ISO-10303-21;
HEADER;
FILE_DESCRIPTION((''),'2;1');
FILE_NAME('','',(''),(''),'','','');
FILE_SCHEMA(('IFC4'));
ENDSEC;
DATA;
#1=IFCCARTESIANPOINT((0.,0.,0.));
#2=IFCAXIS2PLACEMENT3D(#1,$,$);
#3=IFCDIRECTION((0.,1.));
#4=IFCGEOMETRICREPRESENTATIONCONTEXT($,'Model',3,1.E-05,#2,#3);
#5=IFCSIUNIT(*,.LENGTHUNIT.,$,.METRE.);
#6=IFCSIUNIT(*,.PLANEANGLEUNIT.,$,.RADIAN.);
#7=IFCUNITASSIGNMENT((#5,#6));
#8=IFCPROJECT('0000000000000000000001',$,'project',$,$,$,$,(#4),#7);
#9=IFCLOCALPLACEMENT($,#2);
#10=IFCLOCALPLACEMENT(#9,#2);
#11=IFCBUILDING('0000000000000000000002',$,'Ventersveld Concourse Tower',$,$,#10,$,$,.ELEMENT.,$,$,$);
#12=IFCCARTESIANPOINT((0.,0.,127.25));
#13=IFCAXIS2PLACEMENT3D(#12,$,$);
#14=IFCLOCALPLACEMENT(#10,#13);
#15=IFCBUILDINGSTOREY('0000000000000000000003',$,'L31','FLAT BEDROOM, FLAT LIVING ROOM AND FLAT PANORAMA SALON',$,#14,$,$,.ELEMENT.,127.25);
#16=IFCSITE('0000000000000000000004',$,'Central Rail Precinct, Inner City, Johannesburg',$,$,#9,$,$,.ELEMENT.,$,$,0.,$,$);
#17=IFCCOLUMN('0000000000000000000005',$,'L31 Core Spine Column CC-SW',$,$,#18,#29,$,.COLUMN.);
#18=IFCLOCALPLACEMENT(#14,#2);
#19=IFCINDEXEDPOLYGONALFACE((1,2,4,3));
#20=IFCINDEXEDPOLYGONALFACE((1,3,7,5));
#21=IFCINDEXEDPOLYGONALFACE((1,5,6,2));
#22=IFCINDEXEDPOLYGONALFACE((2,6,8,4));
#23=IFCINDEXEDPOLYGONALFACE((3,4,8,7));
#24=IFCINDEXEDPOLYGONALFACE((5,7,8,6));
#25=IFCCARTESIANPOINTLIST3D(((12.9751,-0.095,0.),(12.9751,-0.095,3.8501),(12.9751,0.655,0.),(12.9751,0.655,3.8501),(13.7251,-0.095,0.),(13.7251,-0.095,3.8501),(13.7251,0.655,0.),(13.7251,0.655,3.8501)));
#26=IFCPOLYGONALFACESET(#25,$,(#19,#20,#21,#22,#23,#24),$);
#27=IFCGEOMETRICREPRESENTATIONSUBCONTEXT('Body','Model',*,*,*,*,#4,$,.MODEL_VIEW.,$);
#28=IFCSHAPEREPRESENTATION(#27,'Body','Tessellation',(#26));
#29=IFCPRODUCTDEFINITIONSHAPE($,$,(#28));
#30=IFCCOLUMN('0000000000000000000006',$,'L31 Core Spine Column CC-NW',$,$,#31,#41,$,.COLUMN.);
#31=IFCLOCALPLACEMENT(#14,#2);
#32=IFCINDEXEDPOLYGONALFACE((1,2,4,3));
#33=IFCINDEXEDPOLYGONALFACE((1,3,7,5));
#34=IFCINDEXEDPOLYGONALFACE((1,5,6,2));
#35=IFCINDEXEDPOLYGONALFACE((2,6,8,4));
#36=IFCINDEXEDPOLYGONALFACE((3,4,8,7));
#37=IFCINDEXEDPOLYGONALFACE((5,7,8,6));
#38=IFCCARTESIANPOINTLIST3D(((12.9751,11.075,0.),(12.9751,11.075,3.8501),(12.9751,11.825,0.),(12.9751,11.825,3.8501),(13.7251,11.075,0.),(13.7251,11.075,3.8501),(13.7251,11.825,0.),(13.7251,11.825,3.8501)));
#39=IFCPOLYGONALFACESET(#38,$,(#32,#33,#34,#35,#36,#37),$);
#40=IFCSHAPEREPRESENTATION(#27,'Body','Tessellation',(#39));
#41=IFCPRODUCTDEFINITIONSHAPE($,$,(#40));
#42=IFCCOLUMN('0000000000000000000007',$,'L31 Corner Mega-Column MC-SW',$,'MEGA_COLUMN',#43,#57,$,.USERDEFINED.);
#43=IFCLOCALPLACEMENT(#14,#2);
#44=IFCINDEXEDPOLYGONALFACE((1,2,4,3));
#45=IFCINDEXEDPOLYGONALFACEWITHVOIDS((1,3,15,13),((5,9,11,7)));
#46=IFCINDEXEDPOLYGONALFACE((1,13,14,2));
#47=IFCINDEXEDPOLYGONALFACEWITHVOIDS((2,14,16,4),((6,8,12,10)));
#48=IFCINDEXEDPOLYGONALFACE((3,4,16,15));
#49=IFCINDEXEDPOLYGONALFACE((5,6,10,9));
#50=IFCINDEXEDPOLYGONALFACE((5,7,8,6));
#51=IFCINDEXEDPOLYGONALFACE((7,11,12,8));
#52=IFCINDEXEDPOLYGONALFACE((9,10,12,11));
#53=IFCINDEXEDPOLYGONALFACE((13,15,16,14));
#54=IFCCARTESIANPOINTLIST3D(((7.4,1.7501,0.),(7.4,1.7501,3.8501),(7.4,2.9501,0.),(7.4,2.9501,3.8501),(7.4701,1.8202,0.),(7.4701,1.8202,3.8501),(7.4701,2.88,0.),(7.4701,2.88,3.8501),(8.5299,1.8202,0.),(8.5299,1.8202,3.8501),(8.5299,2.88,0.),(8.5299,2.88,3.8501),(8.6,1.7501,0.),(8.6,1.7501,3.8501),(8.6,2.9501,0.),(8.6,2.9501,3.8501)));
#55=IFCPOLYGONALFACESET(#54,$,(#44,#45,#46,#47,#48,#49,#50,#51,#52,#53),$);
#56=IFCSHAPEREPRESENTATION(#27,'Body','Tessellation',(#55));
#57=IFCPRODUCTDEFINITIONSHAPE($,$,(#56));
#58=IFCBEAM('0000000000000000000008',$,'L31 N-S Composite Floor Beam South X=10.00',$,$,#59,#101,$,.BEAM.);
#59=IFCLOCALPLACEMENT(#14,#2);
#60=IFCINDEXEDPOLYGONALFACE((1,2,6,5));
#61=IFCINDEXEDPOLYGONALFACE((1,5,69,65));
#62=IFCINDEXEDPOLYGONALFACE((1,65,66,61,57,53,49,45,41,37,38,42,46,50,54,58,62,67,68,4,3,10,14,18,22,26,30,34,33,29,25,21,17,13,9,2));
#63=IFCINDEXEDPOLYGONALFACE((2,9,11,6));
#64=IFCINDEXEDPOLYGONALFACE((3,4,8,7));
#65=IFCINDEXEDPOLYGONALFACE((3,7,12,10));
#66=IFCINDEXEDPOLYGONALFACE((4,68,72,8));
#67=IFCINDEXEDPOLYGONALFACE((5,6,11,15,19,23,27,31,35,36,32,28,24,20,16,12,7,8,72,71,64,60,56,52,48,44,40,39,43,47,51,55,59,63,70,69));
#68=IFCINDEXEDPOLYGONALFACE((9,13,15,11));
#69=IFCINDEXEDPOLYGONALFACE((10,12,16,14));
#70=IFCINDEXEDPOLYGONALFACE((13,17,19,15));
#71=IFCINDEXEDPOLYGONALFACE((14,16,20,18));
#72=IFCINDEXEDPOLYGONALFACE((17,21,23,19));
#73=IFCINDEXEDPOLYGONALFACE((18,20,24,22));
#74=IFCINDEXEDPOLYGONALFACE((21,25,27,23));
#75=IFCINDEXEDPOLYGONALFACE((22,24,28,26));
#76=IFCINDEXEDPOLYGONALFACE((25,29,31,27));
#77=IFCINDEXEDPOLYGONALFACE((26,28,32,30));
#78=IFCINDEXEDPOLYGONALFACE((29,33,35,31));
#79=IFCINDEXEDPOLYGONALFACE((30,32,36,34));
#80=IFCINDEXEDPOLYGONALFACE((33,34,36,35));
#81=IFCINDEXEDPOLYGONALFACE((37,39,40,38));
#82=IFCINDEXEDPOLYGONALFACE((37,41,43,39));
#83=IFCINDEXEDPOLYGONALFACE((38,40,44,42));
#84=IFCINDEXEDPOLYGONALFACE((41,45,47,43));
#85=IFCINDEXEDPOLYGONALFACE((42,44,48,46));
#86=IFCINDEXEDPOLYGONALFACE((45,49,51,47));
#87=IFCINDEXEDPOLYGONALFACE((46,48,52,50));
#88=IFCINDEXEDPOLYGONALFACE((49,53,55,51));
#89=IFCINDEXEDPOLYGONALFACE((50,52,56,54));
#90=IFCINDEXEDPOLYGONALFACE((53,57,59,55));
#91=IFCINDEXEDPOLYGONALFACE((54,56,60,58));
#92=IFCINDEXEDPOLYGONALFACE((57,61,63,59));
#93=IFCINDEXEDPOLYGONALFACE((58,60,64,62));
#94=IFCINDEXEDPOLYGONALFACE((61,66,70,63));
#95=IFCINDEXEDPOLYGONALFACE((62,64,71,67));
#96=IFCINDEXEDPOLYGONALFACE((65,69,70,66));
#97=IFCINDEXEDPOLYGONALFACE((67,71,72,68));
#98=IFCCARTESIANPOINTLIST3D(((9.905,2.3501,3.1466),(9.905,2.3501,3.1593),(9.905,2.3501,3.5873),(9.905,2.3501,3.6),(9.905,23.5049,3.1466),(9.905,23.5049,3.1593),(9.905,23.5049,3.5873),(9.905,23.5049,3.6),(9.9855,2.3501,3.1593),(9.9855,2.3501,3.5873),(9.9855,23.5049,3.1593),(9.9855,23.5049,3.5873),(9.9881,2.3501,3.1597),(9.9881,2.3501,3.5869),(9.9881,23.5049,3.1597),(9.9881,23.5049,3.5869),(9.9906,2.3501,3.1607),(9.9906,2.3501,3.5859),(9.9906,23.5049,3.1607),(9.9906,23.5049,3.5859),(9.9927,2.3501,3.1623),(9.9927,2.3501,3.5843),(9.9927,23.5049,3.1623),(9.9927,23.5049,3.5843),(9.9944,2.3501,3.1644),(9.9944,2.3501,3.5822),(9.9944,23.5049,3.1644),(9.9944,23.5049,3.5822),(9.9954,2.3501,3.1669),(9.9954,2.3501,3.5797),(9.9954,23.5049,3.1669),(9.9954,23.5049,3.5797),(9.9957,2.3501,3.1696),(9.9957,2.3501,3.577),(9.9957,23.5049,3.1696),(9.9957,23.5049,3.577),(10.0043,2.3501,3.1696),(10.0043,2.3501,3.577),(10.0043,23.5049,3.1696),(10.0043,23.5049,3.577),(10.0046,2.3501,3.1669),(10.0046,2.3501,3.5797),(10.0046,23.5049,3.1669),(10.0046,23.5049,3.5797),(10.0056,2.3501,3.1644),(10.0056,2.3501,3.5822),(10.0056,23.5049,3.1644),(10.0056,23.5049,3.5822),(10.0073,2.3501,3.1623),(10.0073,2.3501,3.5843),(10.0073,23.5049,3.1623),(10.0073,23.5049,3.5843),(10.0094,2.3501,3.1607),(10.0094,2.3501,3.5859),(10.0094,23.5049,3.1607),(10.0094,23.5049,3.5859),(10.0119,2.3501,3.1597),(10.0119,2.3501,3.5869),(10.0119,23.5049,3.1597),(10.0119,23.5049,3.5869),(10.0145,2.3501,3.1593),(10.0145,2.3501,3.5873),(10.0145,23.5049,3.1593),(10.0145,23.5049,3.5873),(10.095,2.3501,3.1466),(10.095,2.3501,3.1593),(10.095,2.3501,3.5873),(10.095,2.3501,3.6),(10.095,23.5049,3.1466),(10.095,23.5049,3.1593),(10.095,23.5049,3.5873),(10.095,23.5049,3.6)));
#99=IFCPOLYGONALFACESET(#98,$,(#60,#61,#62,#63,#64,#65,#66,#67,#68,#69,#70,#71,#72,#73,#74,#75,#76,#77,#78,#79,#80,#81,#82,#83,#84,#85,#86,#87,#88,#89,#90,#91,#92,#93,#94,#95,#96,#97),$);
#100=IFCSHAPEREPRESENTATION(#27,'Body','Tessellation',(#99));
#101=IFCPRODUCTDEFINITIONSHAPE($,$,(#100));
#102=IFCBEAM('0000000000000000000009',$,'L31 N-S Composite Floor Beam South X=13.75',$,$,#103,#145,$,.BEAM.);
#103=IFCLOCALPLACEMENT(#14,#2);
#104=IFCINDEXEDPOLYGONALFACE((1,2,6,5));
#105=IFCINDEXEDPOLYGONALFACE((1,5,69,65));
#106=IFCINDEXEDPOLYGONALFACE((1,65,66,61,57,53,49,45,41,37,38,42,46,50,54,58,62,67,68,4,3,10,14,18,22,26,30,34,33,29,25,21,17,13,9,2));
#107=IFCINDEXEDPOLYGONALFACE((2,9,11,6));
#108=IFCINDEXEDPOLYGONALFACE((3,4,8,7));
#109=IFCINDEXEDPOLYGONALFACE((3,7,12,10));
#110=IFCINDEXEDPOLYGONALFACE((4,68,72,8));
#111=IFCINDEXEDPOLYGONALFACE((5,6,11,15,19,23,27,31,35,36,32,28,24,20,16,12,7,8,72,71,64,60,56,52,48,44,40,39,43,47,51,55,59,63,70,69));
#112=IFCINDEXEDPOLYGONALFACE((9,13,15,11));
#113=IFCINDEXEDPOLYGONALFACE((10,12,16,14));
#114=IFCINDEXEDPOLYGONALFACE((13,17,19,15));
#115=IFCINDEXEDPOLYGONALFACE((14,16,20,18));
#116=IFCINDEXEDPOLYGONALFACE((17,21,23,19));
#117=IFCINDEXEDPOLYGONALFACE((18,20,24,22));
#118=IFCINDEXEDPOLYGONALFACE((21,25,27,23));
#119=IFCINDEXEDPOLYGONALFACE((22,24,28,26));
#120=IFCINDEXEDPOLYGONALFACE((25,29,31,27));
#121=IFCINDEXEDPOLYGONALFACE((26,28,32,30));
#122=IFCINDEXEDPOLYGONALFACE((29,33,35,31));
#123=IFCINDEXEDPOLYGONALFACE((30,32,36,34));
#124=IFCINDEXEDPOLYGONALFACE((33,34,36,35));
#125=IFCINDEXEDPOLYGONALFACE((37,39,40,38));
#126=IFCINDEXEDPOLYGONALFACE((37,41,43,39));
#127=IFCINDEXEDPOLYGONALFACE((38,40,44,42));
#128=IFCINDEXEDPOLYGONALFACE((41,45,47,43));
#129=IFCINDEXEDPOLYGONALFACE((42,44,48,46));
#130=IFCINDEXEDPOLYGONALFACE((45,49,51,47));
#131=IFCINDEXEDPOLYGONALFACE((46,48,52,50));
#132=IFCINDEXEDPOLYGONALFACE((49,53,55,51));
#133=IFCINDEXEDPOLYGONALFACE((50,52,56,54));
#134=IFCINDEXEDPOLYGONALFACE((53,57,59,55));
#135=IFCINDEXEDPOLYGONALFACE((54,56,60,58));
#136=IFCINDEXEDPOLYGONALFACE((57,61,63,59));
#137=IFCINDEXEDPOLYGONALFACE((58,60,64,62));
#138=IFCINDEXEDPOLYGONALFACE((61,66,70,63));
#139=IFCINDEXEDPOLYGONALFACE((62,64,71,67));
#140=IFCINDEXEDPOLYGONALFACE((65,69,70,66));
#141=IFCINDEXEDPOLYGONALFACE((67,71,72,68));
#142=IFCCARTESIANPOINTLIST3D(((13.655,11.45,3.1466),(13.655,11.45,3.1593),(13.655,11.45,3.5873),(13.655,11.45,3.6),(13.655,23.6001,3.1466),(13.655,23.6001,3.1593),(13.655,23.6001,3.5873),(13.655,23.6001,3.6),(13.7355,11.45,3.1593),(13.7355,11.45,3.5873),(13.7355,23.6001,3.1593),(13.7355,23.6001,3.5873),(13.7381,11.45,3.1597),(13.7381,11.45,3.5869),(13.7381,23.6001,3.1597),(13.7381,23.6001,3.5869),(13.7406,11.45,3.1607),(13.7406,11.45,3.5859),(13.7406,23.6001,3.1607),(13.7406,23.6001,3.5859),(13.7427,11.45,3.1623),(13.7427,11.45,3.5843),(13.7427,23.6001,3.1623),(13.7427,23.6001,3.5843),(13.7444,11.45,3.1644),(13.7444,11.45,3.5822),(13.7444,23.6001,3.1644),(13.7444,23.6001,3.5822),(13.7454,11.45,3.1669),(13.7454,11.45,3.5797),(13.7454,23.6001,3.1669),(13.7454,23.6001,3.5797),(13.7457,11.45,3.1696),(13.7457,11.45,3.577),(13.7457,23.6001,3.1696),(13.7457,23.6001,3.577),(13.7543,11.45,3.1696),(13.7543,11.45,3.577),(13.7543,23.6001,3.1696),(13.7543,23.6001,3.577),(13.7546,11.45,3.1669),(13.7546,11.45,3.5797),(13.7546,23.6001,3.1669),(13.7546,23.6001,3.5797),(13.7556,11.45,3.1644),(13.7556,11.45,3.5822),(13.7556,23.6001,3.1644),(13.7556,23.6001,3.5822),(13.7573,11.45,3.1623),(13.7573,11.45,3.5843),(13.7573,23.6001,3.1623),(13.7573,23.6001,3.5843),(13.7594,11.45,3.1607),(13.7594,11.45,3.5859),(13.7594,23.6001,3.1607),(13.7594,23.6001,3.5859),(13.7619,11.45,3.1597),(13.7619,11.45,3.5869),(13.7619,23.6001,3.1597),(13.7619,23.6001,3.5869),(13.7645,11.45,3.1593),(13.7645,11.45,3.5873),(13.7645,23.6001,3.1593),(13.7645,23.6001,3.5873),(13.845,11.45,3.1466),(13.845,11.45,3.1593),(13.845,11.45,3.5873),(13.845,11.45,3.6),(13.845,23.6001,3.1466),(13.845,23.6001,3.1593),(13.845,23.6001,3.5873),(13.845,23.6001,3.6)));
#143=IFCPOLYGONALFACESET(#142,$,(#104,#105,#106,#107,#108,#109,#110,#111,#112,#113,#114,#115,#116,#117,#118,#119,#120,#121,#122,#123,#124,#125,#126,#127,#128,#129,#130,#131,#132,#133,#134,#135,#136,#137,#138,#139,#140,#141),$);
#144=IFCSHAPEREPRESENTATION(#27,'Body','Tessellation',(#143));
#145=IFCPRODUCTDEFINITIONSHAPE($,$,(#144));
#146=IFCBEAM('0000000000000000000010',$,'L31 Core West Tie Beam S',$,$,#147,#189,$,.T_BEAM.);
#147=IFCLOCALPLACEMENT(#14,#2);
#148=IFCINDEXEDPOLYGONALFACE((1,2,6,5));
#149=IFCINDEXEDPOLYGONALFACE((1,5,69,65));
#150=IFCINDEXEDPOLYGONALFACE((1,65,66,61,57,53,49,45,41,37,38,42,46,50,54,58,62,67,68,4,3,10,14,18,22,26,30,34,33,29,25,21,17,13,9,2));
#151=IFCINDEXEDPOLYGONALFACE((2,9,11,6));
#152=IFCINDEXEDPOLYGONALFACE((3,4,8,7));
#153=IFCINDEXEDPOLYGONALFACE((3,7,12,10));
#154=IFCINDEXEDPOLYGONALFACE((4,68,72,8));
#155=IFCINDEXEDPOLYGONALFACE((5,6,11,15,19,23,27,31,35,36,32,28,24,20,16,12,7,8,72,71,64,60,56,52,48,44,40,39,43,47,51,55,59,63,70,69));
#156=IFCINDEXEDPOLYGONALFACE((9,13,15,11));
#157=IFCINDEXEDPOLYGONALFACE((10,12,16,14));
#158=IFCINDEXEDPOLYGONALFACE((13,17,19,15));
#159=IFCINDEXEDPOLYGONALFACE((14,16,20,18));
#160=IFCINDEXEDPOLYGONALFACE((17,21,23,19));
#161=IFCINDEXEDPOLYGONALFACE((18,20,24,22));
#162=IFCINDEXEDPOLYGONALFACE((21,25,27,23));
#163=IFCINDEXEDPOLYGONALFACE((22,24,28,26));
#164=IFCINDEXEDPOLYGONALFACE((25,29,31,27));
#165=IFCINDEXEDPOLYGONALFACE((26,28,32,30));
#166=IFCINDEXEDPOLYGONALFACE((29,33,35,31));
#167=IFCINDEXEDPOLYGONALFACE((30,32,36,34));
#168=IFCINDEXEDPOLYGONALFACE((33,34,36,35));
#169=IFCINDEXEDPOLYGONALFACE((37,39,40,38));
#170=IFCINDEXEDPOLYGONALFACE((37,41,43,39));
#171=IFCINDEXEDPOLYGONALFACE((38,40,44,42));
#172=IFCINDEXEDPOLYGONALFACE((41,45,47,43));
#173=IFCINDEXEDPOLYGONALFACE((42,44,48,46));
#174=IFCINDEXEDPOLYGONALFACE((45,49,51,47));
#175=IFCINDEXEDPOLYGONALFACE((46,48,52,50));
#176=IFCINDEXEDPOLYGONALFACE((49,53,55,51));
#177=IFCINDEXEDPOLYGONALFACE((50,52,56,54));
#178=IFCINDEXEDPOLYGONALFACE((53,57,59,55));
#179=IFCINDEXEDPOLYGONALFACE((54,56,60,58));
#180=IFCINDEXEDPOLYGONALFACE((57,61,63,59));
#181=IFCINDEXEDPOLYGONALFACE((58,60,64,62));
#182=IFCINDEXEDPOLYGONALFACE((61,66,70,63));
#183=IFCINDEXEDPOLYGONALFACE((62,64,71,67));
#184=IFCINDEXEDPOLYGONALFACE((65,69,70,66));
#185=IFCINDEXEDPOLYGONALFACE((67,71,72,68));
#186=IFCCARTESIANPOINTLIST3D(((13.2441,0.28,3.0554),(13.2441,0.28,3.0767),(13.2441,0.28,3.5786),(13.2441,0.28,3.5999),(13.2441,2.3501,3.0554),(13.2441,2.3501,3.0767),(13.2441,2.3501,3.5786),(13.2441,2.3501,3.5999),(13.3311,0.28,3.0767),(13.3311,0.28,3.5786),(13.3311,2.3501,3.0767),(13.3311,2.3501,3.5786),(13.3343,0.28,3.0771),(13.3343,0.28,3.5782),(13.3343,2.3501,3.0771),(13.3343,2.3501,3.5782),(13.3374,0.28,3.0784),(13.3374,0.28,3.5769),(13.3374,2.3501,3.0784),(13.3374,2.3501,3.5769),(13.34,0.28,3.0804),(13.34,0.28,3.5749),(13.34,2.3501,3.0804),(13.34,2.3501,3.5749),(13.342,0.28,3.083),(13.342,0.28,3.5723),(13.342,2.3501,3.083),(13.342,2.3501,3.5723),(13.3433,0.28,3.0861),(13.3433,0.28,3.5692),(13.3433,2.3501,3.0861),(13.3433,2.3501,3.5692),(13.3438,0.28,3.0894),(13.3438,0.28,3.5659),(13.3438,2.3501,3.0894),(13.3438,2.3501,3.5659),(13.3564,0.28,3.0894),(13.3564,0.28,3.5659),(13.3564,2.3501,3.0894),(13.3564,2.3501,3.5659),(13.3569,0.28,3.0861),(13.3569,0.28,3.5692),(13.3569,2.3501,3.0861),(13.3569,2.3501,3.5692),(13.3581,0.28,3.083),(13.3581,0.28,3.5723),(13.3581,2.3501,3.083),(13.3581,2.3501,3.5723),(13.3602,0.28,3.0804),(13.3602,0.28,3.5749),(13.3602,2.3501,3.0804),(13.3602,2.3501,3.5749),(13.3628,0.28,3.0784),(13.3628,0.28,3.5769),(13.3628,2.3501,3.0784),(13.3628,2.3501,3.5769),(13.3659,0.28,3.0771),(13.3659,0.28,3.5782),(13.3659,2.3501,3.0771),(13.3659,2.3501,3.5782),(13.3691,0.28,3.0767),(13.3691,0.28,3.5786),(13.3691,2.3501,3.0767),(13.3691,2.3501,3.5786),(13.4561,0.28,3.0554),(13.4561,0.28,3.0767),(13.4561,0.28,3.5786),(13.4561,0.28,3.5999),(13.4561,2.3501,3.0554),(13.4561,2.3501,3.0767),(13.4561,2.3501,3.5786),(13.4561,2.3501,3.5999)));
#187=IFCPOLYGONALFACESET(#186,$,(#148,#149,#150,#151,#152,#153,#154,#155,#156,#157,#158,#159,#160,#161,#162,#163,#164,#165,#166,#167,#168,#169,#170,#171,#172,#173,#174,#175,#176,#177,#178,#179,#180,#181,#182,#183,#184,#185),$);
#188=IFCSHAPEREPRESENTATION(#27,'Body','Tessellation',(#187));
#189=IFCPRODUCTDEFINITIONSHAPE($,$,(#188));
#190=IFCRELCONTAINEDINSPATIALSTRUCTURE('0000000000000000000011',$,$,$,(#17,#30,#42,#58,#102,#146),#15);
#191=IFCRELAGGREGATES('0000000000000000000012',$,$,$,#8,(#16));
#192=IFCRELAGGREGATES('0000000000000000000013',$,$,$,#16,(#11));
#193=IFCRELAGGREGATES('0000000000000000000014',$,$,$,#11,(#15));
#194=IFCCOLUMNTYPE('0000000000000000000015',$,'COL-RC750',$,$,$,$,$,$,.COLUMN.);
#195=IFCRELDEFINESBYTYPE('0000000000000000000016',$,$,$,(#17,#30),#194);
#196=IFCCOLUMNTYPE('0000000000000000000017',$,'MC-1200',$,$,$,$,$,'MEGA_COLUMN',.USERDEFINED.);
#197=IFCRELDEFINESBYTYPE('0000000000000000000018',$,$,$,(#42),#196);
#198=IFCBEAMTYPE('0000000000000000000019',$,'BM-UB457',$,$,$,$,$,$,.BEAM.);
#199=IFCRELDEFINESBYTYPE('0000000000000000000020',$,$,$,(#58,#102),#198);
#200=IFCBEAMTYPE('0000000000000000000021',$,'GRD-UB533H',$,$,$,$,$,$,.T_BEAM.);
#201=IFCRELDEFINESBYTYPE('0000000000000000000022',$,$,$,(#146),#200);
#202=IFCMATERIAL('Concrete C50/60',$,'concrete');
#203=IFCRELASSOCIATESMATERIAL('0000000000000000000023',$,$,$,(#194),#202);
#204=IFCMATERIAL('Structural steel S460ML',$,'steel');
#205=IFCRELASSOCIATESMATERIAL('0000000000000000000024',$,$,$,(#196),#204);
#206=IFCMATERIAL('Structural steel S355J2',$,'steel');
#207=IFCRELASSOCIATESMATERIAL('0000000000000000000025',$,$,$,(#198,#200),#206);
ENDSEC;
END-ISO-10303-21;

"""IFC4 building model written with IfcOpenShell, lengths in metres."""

from ifc_helpers import new_model, si_unit, direction, frame, origin, origin_2d, place, context, subcontext, project, spatial, rectangle, hollow_rectangle, i_section, extrude, material, material_profile, profile_set, type_object, element, save


model = new_model("IFC4")

# Units and contexts
model_context = context("Model", 3, precision=1e-05, world=origin(), true_north=direction((0.0, 1.0)))
body_context = subcontext(model_context, "Body", "Model", "MODEL_VIEW")
ifc_project = project(units=[si_unit("LENGTHUNIT", "METRE"), si_unit("PLANEANGLEUNIT", "RADIAN")], contexts=[model_context])

# Site, building, storey
site_placement = place(None, origin())
site = spatial("IfcSite", under=ifc_project, at=site_placement, Name="Central Rail Precinct, Inner City, Johannesburg", CompositionType="ELEMENT", RefElevation=0.0)
building_placement = place(site_placement, origin())
building = spatial("IfcBuilding", under=site, at=building_placement, Name="Ventersveld Concourse Tower", CompositionType="ELEMENT")
storey_placement = place(building_placement, frame((0.0, 0.0, 127.25)))
storey = spatial("IfcBuildingStorey", under=building, at=storey_placement, Name="L31", Description="FLAT BEDROOM, FLAT LIVING ROOM AND FLAT PANORAMA SALON", CompositionType="ELEMENT", Elevation=127.25)

# Columns
ifc_material_1 = material(Name="Concrete C50/60", Category="concrete")
ifc_material_profile_1 = material_profile(ifc_material_1, rectangle(XDim=0.75, YDim=0.75, at=origin_2d()), Name="RC 750x750")
ifc_profile_set_1 = profile_set([ifc_material_profile_1], Name="Concrete C50/60")
column_type_1 = type_object("IfcColumnType", Name="COL-RC750", PredefinedType="COLUMN", material=ifc_profile_set_1)
for number, where, z_axis, x_axis, name in (
    (1, (13.3501, 0.28, 0.0), (0.0, 0.0, 1.0), (1.0, 0.0, 0.0), "L31 Core Spine Column CC-SW"),
    (2, (13.3501, 11.45, 0.0), (0.0, 0.0, 1.0), (1.0, 0.0, 0.0), "L31 Core Spine Column CC-NW"),
):
    element("IfcColumn", number, at=place(storey_placement, frame(where, z_axis=z_axis, x_axis=x_axis)), inside=storey, type_object=column_type_1, Name=name, PredefinedType="COLUMN", context=body_context, shape_type="SweptSolid", body=[
        extrude(rectangle(XDim=0.75, YDim=0.75, at=origin_2d()), origin(), (0.0, 0.0, 1.0), 3.8501),
    ])
ifc_material_2 = material(Name="Structural steel S460ML", Category="steel")
ifc_material_profile_2 = material_profile(ifc_material_2, hollow_rectangle(XDim=1.2, YDim=1.2, WallThickness=0.0701, at=origin_2d()), Name="BOX 1200x1200x70")
ifc_profile_set_2 = profile_set([ifc_material_profile_2], Name="Structural steel S460ML")
column_type_2 = type_object("IfcColumnType", Name="MC-1200", ElementType="MEGA_COLUMN", PredefinedType="USERDEFINED", material=ifc_profile_set_2)
column_placement = place(storey_placement, frame((8.0, 2.3501, 0.0), z_axis=(0.0, 0.0, 1.0), x_axis=(1.0, 0.0, 0.0)))
element("IfcColumn", 3, at=column_placement, inside=storey, type_object=column_type_2, Name="L31 Corner Mega-Column MC-SW", ObjectType="MEGA_COLUMN", PredefinedType="USERDEFINED", context=body_context, shape_type="SweptSolid", body=[
    extrude(hollow_rectangle(XDim=1.2, YDim=1.2, WallThickness=0.0701, at=origin_2d()), origin(), (0.0, 0.0, 1.0), 3.8501),
])

# Beams
ifc_material_3 = material(Name="Structural steel S355J2", Category="steel")
ifc_material_profile_3 = material_profile(ifc_material_3, i_section(OverallWidth=0.1899, OverallDepth=0.4534, WebThickness=0.0085, FlangeThickness=0.0127, FilletRadius=0.0103, at=origin_2d()), Name="UB 457x191x67")
ifc_profile_set_3 = profile_set([ifc_material_profile_3], Name="Structural steel S355J2")
beam_type_1 = type_object("IfcBeamType", Name="BM-UB457", PredefinedType="BEAM", material=ifc_profile_set_3)
beam_1_placement = place(storey_placement, frame((10.0, 2.3501, 3.3733), z_axis=(0.0, 1.0, 0.0), x_axis=(-1.0, 0.0, 0.0)))
element("IfcBeam", 4, at=beam_1_placement, inside=storey, type_object=beam_type_1, Name="L31 N-S Composite Floor Beam South X=10.00", PredefinedType="BEAM", context=body_context, shape_type="SweptSolid", body=[
    extrude(i_section(OverallWidth=0.1899, OverallDepth=0.4534, WebThickness=0.0085, FlangeThickness=0.0127, FilletRadius=0.0103, at=origin_2d()), origin(), (0.0, 0.0, 1.0), 21.1548),
])
beam_2_placement = place(storey_placement, frame((13.75, 11.45, 3.3733), z_axis=(0.0, 1.0, 0.0), x_axis=(-1.0, 0.0, 0.0)))
element("IfcBeam", 5, at=beam_2_placement, inside=storey, type_object=beam_type_1, Name="L31 N-S Composite Floor Beam South X=13.75", PredefinedType="BEAM", context=body_context, shape_type="SweptSolid", body=[
    extrude(i_section(OverallWidth=0.1899, OverallDepth=0.4534, WebThickness=0.0085, FlangeThickness=0.0127, FilletRadius=0.0103, at=origin_2d()), origin(), (0.0, 0.0, 1.0), 12.1501),
])
ifc_material_profile_4 = material_profile(ifc_material_3, i_section(OverallWidth=0.2119, OverallDepth=0.5444, WebThickness=0.0127, FlangeThickness=0.0212, FilletRadius=0.0127, at=origin_2d()), Name="UB 533x210x122")
ifc_profile_set_4 = profile_set([ifc_material_profile_4], Name="Structural steel S355J2")
beam_type_2 = type_object("IfcBeamType", Name="GRD-UB533H", PredefinedType="T_BEAM", material=ifc_profile_set_4)
beam_3_placement = place(storey_placement, frame((13.3501, 0.28, 3.3276), z_axis=(0.0, 1.0, 0.0), x_axis=(-1.0, 0.0, 0.0)))
element("IfcBeam", 6, at=beam_3_placement, inside=storey, type_object=beam_type_2, Name="L31 Core West Tie Beam S", PredefinedType="T_BEAM", context=body_context, shape_type="SweptSolid", body=[
    extrude(i_section(OverallWidth=0.2119, OverallDepth=0.5444, WebThickness=0.0127, FlangeThickness=0.0212, FilletRadius=0.0127, at=origin_2d()), origin(), (0.0, 0.0, 1.0), 2.0701),
])

save(model, "model.ifc")
